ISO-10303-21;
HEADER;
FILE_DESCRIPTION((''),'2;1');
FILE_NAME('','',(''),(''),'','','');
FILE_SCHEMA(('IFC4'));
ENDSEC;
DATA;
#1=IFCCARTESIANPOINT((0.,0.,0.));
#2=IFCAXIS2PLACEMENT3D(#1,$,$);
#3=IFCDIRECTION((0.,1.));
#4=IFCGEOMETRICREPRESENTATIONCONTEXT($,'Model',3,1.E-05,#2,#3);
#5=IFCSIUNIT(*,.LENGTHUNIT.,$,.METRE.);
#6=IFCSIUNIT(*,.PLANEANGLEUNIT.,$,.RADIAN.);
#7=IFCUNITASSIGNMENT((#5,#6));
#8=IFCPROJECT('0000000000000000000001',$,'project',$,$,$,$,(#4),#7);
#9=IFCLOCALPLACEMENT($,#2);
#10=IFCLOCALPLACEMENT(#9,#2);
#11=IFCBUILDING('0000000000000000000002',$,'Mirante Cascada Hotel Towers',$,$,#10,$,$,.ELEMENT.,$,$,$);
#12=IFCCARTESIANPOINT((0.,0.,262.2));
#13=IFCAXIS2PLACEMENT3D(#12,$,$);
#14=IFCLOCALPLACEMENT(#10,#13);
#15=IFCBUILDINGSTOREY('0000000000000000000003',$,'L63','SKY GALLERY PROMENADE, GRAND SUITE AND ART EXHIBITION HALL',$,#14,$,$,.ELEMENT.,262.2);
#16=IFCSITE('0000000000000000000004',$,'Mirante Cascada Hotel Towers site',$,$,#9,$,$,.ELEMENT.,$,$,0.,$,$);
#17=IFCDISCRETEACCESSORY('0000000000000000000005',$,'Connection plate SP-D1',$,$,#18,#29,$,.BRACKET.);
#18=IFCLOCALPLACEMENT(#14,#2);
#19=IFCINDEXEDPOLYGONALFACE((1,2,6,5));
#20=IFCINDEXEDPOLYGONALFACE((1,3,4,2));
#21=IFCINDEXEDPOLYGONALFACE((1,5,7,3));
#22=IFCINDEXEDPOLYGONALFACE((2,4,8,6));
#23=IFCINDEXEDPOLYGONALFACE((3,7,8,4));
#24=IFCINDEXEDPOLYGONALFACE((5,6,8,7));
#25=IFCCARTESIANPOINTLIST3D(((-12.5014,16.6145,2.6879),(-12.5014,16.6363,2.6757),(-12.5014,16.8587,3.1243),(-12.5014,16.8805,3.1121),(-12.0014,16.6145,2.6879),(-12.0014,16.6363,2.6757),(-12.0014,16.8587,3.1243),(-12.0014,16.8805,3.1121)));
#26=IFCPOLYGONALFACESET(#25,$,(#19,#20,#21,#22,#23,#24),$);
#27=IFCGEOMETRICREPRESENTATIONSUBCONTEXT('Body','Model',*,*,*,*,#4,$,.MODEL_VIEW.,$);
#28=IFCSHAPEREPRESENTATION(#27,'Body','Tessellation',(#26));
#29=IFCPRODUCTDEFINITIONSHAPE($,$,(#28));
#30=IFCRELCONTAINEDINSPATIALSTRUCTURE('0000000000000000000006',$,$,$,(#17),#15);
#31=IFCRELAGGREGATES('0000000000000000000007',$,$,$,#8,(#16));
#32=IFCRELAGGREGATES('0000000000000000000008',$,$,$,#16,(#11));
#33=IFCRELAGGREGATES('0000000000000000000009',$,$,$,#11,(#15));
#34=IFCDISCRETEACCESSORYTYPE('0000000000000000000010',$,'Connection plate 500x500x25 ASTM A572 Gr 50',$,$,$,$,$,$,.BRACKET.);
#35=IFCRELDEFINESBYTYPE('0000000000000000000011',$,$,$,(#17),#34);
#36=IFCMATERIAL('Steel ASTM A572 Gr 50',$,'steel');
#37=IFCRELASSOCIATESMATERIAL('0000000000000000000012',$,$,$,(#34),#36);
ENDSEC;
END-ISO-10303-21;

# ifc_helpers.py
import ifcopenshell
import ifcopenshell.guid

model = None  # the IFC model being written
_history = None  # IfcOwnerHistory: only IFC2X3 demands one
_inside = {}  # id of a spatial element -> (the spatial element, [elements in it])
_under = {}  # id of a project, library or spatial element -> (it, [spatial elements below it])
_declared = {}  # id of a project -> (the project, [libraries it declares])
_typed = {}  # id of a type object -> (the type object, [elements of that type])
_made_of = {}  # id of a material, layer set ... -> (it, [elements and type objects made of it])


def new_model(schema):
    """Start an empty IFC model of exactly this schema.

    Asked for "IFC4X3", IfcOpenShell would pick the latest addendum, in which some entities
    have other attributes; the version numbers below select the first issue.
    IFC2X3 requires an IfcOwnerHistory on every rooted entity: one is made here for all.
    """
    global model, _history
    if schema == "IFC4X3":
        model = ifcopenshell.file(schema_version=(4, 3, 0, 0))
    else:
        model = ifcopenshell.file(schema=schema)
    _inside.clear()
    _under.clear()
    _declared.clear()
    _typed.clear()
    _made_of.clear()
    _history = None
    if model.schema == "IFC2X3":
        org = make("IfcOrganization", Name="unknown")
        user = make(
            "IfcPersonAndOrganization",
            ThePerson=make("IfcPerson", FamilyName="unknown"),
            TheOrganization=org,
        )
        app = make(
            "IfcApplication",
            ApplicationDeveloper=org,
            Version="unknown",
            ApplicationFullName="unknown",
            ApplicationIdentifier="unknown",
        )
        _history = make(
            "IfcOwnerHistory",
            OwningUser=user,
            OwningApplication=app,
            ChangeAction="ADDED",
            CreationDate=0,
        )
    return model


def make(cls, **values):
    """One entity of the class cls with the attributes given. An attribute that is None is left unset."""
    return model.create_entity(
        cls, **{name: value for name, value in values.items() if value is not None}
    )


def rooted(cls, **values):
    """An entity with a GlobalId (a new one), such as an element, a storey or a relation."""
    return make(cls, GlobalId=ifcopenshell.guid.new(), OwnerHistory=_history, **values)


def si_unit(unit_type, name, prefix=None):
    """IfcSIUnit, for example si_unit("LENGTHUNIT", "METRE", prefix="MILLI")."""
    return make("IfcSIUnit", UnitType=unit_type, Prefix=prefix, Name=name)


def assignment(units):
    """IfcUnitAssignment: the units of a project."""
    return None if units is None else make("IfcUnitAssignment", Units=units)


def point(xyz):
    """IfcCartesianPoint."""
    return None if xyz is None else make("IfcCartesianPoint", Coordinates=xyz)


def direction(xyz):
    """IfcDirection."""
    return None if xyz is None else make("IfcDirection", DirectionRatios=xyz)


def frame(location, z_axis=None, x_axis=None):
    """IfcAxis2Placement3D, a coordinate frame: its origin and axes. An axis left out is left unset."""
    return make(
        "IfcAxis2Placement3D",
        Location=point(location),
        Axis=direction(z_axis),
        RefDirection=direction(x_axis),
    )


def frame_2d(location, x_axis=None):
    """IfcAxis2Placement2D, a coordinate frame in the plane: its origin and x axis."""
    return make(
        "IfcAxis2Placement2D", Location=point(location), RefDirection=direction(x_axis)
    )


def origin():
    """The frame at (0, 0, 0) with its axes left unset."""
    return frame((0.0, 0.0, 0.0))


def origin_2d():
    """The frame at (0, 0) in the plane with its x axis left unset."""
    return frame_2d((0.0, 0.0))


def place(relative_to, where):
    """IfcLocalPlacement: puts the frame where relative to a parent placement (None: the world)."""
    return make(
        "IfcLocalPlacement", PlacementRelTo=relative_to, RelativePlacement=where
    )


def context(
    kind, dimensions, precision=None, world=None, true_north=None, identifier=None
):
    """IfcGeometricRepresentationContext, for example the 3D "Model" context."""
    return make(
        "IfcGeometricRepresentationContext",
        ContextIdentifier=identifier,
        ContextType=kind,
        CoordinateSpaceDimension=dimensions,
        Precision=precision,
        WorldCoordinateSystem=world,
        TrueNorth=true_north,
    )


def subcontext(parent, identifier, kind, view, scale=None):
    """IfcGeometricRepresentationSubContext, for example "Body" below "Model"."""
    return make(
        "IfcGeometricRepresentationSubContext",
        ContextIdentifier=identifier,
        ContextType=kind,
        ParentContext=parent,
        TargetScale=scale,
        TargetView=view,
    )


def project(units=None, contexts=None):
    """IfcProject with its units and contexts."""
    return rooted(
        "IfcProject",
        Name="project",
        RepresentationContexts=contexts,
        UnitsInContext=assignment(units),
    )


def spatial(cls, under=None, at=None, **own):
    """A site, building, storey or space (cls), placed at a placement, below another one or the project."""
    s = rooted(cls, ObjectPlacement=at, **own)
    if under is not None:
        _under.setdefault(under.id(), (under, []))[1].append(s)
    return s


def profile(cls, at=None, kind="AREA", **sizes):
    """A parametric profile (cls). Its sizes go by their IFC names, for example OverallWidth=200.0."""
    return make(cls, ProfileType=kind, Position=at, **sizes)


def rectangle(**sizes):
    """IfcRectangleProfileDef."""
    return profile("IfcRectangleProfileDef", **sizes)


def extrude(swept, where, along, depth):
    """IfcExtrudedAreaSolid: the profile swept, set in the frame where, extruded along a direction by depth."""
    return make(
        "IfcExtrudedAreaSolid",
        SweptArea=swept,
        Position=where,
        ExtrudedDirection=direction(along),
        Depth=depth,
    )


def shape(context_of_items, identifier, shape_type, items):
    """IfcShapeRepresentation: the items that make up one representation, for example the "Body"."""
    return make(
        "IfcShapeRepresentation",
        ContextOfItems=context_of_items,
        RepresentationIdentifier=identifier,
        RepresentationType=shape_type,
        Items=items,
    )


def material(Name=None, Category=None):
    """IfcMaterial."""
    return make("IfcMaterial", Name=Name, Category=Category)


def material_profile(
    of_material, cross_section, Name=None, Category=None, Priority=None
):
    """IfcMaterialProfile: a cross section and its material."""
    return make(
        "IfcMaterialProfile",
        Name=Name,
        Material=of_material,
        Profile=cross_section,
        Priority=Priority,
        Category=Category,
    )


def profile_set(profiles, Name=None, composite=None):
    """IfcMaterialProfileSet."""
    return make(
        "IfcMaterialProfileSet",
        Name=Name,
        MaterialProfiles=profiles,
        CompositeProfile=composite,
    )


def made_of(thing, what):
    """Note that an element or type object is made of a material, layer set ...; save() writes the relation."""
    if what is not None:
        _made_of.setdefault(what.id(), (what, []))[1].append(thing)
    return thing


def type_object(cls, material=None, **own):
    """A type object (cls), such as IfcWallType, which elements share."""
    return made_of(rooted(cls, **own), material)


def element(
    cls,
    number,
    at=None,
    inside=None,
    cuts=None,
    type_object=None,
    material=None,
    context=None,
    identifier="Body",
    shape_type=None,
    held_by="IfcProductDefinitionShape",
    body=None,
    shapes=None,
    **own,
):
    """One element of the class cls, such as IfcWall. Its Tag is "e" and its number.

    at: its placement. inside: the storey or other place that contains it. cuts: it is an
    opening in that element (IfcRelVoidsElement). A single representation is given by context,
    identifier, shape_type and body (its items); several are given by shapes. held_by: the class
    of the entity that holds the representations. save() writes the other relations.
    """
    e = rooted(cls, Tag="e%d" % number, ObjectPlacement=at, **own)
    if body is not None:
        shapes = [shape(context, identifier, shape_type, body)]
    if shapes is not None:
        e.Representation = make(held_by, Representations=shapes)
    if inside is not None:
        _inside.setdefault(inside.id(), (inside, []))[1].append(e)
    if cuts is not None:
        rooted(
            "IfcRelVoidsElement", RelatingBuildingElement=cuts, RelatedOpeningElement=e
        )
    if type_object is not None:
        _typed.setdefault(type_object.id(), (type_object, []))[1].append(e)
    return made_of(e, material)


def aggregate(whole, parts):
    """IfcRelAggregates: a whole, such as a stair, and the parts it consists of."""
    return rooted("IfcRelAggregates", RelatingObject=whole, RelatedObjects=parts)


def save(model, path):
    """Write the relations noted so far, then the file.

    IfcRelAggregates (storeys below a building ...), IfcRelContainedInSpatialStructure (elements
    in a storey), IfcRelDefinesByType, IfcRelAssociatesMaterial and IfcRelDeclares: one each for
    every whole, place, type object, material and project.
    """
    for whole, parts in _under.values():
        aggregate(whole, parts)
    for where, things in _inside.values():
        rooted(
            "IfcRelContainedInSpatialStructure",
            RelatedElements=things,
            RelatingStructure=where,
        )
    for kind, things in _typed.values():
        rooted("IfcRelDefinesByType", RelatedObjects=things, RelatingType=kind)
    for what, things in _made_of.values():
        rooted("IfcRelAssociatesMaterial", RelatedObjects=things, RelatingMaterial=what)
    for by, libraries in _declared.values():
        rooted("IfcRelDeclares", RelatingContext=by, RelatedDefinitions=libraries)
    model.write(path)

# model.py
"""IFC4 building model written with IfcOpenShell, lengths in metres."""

from ifc_helpers import new_model, si_unit, direction, frame, origin, origin_2d, place, context, subcontext, project, spatial, rectangle, extrude, material, material_profile, profile_set, type_object, element, save


model = new_model("IFC4")

# Units and contexts
model_context = context("Model", 3, precision=1e-05, world=origin(), true_north=direction((0.0, 1.0)))
body_context = subcontext(model_context, "Body", "Model", "MODEL_VIEW")
ifc_project = project(units=[si_unit("LENGTHUNIT", "METRE"), si_unit("PLANEANGLEUNIT", "RADIAN")], contexts=[model_context])

# Site, building, storey
site_placement = place(None, origin())
site = spatial("IfcSite", under=ifc_project, at=site_placement, Name="Mirante Cascada Hotel Towers site", CompositionType="ELEMENT", RefElevation=0.0)
building_placement = place(site_placement, origin())
building = spatial("IfcBuilding", under=site, at=building_placement, Name="Mirante Cascada Hotel Towers", CompositionType="ELEMENT")
storey_placement = place(building_placement, frame((0.0, 0.0, 262.2)))
storey = spatial("IfcBuildingStorey", under=building, at=storey_placement, Name="L63", Description="SKY GALLERY PROMENADE, GRAND SUITE AND ART EXHIBITION HALL", CompositionType="ELEMENT", Elevation=262.2)

# Discrete accessory
ifc_material_1 = material(Name="Steel ASTM A572 Gr 50", Category="steel")
ifc_material_profile_1 = material_profile(ifc_material_1, rectangle(XDim=0.5, YDim=0.5, at=origin_2d()), Name="Connection plate 500x500x25 ASTM A572 Gr 50")
ifc_profile_set_1 = profile_set([ifc_material_profile_1], Name="Steel ASTM A572 Gr 50")
discrete_accessory_type = type_object("IfcDiscreteAccessoryType", Name="Connection plate 500x500x25 ASTM A572 Gr 50", PredefinedType="BRACKET", material=ifc_profile_set_1)
for number, where, z_axis, x_axis, name in (
    (1, (-12.2514, 16.7584, 2.8939), (0.0, -0.872642, 0.48836), (1.0, 0.0, 0.0), "Connection plate SP-D1"),
):
    element("IfcDiscreteAccessory", number, at=place(storey_placement, frame(where, z_axis=z_axis, x_axis=x_axis)), inside=storey, type_object=discrete_accessory_type, Name=name, PredefinedType="BRACKET", context=body_context, shape_type="SweptSolid", body=[
        extrude(rectangle(XDim=0.5, YDim=0.5, at=origin_2d()), origin(), (0.0, 0.0, 1.0), 0.025),
    ])

save(model, "model.ifc")
